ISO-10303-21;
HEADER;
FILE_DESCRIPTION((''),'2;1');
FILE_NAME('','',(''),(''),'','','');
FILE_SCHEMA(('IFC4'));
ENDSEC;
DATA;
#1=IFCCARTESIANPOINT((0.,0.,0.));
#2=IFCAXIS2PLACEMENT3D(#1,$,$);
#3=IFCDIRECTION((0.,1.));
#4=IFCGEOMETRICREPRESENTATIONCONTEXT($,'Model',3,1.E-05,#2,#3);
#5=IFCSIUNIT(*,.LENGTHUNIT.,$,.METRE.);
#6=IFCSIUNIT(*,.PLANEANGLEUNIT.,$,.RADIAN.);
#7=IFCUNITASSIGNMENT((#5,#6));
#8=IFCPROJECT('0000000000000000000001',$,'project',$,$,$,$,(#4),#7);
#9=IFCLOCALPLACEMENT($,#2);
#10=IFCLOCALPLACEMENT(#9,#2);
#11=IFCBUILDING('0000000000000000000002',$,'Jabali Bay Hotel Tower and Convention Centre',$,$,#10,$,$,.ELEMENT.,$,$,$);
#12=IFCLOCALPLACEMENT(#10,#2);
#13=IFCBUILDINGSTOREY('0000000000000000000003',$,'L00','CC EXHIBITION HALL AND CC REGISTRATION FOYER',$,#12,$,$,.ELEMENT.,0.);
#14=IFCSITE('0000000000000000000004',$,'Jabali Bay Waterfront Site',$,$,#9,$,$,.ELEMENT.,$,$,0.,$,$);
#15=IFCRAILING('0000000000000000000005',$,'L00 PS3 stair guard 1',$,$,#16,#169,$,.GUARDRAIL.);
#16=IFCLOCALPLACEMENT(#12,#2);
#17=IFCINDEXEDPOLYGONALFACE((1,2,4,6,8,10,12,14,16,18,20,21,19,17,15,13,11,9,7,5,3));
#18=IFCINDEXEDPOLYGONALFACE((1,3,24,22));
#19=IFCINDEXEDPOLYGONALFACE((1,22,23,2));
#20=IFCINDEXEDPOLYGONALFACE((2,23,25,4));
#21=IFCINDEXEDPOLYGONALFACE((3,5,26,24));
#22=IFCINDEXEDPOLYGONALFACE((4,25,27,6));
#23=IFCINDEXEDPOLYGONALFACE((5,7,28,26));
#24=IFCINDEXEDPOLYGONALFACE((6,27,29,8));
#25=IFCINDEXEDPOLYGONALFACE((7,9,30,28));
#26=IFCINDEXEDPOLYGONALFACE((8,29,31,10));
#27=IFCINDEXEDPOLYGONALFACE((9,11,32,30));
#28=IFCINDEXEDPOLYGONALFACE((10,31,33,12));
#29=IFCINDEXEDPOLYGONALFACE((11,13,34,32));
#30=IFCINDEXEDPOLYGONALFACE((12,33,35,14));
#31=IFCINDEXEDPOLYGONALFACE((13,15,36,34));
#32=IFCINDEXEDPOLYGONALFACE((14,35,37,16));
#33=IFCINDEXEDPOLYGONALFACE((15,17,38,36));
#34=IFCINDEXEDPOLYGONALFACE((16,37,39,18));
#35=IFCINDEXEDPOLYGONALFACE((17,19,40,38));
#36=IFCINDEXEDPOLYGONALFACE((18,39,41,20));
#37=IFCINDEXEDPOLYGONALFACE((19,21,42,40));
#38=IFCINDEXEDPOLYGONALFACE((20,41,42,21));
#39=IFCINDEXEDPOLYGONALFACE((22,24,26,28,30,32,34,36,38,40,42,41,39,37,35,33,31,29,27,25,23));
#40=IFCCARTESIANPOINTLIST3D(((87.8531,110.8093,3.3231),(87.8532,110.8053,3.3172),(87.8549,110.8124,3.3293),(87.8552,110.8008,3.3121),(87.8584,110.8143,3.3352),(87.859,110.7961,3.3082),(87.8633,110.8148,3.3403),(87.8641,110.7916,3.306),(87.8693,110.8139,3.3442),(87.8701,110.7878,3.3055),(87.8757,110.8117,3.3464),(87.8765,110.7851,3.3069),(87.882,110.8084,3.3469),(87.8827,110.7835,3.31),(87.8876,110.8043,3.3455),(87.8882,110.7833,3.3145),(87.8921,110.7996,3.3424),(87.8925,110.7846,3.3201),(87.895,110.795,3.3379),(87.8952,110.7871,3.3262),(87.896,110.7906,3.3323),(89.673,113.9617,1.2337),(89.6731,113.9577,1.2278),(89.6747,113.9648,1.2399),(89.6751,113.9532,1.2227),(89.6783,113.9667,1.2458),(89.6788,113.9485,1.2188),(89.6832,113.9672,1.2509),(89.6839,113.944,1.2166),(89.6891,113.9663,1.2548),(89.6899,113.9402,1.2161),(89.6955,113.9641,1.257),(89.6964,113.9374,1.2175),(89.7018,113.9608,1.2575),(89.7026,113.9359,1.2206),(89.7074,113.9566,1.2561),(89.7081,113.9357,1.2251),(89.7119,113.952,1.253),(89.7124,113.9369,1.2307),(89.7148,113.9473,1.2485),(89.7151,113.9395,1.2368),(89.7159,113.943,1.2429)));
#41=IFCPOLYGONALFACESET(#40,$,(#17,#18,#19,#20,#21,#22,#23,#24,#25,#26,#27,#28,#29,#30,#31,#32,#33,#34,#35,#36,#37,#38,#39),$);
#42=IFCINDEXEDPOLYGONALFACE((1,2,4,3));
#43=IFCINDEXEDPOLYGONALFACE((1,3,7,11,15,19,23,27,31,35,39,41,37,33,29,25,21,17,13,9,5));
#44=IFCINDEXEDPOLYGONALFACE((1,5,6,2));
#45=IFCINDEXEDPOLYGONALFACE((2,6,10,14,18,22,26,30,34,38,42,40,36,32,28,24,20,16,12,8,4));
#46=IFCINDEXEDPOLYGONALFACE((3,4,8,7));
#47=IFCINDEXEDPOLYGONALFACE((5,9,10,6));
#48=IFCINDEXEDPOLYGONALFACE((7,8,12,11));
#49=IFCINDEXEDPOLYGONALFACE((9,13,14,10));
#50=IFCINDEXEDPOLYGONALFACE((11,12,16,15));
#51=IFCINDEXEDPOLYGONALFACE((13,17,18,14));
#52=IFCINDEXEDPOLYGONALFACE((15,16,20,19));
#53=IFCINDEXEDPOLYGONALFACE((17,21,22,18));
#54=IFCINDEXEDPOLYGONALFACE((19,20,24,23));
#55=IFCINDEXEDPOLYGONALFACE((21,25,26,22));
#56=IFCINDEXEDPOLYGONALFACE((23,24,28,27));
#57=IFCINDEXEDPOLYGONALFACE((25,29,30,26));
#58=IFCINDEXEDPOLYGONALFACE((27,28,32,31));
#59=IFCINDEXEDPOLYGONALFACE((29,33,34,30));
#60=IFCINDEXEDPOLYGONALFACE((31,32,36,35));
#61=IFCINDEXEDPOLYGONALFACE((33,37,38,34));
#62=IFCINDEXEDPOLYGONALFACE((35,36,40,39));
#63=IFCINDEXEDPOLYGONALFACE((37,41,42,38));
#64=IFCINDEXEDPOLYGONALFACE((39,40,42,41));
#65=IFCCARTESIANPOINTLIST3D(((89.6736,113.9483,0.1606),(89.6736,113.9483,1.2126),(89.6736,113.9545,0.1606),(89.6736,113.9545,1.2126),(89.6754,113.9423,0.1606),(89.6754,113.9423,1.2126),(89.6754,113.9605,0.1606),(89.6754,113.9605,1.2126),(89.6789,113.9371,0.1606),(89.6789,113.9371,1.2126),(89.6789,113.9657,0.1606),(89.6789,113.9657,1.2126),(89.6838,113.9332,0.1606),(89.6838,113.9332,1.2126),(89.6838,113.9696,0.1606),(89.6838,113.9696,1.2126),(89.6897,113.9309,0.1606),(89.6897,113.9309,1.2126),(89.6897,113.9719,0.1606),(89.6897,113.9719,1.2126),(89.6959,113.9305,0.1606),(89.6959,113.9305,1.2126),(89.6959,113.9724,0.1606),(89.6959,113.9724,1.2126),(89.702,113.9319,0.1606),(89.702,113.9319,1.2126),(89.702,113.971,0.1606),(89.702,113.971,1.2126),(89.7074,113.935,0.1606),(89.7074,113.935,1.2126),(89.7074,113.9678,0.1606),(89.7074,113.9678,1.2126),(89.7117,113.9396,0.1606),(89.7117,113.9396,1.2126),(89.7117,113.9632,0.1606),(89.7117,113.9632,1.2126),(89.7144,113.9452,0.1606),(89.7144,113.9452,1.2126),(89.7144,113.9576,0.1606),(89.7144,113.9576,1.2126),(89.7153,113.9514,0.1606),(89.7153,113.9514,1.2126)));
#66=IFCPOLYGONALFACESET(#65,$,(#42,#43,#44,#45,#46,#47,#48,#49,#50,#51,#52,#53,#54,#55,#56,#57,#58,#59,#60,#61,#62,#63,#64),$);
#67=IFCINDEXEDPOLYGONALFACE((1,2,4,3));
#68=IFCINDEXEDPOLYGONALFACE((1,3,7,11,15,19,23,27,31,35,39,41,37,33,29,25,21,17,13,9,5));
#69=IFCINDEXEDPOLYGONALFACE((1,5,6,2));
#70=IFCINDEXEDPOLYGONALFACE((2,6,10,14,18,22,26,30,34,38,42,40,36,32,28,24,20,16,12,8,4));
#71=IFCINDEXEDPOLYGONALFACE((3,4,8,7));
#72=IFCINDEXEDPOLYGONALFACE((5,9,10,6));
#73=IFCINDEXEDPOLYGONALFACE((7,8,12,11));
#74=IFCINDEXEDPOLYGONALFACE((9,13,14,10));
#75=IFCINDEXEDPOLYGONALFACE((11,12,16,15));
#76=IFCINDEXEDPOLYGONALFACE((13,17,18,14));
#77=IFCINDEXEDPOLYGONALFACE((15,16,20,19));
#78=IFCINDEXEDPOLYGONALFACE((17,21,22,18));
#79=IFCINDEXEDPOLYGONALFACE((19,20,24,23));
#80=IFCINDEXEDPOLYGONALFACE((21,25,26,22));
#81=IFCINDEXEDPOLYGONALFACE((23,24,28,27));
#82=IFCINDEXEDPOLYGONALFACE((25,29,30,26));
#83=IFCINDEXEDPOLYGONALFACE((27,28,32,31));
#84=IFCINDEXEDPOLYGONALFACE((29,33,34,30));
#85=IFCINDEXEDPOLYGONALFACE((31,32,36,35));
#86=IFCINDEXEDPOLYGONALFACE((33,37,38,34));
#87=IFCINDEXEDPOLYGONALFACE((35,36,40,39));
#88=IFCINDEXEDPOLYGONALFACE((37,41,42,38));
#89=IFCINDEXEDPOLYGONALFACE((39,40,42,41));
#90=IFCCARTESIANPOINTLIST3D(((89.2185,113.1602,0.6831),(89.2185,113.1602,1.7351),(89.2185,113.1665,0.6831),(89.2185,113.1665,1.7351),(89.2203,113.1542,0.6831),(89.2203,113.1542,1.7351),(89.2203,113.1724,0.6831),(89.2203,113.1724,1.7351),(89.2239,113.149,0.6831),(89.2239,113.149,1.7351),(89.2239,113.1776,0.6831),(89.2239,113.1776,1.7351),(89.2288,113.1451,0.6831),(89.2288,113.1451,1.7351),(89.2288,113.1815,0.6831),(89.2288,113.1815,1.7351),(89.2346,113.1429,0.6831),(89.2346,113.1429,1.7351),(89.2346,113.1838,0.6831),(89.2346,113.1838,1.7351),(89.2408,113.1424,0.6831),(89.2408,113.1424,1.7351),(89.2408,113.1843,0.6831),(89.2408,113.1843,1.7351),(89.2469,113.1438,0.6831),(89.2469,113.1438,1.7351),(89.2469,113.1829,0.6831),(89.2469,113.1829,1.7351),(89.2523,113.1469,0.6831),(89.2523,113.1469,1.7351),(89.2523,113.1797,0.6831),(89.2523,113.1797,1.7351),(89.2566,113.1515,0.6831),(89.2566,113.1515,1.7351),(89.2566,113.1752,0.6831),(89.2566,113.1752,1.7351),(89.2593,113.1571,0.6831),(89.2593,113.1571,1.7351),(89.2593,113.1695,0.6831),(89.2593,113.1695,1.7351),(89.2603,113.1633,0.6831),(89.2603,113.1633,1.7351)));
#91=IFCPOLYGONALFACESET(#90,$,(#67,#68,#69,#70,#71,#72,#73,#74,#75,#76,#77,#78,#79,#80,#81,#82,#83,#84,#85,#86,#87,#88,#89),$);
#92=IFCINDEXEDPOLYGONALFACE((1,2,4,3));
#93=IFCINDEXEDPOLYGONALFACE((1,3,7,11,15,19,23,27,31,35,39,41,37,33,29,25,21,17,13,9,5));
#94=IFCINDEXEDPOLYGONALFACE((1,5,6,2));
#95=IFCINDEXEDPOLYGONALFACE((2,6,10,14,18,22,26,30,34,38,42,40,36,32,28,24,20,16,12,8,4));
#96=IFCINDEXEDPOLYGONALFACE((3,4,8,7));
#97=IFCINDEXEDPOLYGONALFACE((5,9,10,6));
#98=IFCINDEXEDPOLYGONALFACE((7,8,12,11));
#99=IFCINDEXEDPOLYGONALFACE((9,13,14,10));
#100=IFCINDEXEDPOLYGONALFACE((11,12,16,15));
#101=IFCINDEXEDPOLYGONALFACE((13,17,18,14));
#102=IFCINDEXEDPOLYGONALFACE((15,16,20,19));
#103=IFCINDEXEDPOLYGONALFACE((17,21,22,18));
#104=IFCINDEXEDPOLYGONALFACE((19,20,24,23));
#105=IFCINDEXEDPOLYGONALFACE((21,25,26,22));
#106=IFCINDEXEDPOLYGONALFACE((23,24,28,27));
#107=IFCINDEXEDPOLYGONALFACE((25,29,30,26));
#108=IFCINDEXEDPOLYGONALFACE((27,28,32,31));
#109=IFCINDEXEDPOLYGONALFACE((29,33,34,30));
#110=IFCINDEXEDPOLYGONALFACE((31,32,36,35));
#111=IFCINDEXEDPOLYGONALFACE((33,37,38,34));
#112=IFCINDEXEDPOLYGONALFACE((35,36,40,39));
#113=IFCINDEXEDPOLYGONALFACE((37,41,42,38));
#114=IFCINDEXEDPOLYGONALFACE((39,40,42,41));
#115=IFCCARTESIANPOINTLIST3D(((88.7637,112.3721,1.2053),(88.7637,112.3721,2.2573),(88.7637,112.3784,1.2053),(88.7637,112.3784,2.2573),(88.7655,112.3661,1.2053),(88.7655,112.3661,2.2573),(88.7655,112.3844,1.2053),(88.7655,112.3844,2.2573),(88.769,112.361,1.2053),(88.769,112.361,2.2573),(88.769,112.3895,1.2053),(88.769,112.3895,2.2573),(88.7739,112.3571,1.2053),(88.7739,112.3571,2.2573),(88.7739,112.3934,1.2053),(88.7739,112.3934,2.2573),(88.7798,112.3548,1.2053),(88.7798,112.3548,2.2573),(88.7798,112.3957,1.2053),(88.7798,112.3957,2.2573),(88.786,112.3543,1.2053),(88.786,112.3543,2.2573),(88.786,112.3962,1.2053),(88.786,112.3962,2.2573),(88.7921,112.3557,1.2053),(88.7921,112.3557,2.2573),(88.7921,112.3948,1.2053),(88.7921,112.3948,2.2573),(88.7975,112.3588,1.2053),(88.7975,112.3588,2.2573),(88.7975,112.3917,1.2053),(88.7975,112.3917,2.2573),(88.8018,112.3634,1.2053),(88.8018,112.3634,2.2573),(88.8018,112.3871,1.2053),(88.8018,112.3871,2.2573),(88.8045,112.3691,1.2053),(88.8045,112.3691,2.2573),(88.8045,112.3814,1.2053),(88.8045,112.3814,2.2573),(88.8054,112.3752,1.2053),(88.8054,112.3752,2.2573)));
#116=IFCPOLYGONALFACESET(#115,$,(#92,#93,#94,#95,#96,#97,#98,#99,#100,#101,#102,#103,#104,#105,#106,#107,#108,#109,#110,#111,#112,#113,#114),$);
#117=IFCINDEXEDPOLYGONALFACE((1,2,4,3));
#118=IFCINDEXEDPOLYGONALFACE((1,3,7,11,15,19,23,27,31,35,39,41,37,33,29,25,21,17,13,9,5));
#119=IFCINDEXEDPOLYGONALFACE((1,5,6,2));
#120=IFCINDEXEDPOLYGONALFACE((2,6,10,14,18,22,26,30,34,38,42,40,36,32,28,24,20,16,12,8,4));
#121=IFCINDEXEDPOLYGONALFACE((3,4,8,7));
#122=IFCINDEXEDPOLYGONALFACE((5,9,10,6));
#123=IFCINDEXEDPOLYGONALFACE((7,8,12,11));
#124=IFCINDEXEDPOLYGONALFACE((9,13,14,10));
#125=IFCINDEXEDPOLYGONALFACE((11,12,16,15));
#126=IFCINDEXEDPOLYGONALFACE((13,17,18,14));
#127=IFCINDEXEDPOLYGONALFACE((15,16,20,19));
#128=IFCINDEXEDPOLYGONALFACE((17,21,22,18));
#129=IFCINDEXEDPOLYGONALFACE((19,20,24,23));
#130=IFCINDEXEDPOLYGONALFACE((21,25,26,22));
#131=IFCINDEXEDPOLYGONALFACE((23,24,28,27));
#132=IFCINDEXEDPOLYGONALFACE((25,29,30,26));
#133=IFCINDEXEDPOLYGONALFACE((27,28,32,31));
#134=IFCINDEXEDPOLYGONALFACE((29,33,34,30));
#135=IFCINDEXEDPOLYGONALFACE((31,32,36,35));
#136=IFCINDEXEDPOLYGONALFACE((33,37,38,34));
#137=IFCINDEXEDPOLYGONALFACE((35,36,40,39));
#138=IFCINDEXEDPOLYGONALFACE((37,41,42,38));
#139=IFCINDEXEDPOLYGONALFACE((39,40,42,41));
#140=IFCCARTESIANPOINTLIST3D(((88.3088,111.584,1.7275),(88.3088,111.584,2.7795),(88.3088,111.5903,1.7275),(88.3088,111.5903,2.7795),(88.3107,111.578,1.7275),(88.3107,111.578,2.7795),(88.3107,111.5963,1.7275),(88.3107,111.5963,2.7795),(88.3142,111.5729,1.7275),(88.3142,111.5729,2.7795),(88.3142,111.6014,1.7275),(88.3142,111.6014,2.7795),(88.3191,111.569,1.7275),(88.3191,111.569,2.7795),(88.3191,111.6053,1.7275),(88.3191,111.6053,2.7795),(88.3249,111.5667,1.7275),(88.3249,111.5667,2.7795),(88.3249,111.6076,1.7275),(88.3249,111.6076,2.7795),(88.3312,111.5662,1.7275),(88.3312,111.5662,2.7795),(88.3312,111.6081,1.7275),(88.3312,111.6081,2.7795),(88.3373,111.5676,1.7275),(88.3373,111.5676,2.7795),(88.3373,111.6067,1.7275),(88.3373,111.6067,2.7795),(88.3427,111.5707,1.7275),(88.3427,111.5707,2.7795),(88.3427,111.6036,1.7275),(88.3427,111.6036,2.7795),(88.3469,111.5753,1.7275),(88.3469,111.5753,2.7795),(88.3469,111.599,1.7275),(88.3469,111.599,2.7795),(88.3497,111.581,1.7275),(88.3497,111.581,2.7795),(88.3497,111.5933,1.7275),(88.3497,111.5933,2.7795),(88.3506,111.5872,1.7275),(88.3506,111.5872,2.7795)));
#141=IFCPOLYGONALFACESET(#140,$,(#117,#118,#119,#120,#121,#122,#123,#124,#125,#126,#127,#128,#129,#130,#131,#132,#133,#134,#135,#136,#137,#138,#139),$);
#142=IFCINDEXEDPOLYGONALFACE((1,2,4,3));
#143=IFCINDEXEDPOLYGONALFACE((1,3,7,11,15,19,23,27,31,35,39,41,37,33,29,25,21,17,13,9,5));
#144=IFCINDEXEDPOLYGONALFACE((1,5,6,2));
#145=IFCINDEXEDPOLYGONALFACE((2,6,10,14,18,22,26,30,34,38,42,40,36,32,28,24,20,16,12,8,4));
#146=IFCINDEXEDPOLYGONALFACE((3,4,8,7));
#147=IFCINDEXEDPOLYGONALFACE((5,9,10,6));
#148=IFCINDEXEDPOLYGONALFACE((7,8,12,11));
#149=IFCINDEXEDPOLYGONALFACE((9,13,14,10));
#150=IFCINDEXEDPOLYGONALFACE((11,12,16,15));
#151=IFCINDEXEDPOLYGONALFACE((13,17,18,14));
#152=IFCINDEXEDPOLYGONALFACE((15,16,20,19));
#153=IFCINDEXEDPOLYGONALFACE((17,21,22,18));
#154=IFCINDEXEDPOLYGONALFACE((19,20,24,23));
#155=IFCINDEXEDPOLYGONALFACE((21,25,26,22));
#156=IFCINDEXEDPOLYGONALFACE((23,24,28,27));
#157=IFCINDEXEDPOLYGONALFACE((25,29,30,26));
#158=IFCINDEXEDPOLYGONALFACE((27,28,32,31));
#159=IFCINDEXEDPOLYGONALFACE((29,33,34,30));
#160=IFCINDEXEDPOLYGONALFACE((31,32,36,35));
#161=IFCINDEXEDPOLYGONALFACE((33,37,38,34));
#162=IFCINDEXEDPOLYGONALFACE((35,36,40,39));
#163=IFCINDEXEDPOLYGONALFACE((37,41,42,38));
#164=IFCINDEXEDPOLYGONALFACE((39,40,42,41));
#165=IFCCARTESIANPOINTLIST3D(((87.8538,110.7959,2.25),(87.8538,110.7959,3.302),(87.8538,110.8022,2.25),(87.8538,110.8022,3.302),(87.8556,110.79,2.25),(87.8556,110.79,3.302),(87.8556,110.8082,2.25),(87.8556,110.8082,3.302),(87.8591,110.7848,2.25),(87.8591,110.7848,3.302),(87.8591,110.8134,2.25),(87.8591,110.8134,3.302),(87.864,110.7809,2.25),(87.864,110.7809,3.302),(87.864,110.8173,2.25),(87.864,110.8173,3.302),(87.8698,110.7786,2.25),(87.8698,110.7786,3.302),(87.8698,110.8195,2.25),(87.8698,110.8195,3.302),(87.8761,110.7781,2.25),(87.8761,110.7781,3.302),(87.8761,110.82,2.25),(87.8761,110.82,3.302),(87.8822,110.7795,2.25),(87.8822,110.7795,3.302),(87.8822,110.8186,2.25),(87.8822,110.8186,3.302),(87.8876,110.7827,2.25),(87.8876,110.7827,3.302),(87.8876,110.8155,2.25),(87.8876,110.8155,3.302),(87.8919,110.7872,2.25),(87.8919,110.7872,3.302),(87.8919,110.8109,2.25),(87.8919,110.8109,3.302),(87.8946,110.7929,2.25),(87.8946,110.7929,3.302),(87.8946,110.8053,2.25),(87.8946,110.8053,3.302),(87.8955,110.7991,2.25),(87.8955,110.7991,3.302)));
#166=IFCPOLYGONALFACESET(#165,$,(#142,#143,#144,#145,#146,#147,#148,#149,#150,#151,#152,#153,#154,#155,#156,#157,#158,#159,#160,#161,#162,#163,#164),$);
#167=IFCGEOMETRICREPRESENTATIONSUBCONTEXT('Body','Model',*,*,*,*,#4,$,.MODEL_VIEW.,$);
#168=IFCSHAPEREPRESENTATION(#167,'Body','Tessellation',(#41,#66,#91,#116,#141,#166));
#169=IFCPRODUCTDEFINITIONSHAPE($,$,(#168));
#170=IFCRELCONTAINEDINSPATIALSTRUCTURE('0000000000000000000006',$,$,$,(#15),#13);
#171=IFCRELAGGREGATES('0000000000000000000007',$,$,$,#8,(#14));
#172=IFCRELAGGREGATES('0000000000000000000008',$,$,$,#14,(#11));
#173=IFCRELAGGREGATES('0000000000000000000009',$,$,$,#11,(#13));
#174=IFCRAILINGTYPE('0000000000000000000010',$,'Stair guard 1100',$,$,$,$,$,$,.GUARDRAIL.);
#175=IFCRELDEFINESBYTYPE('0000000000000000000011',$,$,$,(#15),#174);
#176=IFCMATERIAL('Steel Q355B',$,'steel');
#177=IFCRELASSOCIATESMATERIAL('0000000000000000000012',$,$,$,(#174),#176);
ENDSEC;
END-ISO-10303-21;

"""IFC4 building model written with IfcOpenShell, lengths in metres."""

from ifc_helpers import new_model, si_unit, direction, frame, origin, origin_2d, place, context, subcontext, project, spatial, circle, extrude, material, type_object, element, save


model = new_model("IFC4")

# Units and contexts
model_context = context("Model", 3, precision=1e-05, world=origin(), true_north=direction((0.0, 1.0)))
body_context = subcontext(model_context, "Body", "Model", "MODEL_VIEW")
ifc_project = project(units=[si_unit("LENGTHUNIT", "METRE"), si_unit("PLANEANGLEUNIT", "RADIAN")], contexts=[model_context])

# Site, building, storey
site_placement = place(None, origin())
site = spatial("IfcSite", under=ifc_project, at=site_placement, Name="Jabali Bay Waterfront Site", CompositionType="ELEMENT", RefElevation=0.0)
building_placement = place(site_placement, origin())
building = spatial("IfcBuilding", under=site, at=building_placement, Name="Jabali Bay Hotel Tower and Convention Centre", CompositionType="ELEMENT")
storey_placement = place(building_placement, origin())
storey = spatial("IfcBuildingStorey", under=building, at=storey_placement, Name="L00", Description="CC EXHIBITION HALL AND CC REGISTRATION FOYER", CompositionType="ELEMENT", Elevation=0.0)

# Railing
ifc_material_1 = material(Name="Steel Q355B", Category="steel")
railing_type_1 = type_object("IfcRailingType", Name="Stair guard 1100", PredefinedType="GUARDRAIL", material=ifc_material_1)
railing_1_placement = place(storey_placement, frame((89.6943, 113.9514, 0.1606)))
element("IfcRailing", 1, at=railing_1_placement, inside=storey, type_object=railing_type_1, Name="L00 PS3 stair guard 1", PredefinedType="GUARDRAIL", context=body_context, shape_type="SweptSolid", body=[
    extrude(circle(Radius=0.0239, at=origin_2d()), frame((0.0, 0.0, 1.0762), z_axis=(-0.433606, -0.751102, 0.497826), x_axis=(0.866047, -0.499962, 0.0)), (0.0, 0.0, 1.0), 4.197),
    extrude(circle(Radius=0.021, at=origin_2d()), origin(), (0.0, 0.0, 1.0), 1.052),
    extrude(circle(Radius=0.021, at=origin_2d()), frame((-0.4551, -0.7881, 0.5225)), (0.0, 0.0, 1.0), 1.052),
    extrude(circle(Radius=0.021, at=origin_2d()), frame((-0.9099, -1.5762, 1.0447)), (0.0, 0.0, 1.0), 1.052),
    extrude(circle(Radius=0.021, at=origin_2d()), frame((-1.3647, -2.3643, 1.5669)), (0.0, 0.0, 1.0), 1.052),
    extrude(circle(Radius=0.021, at=origin_2d()), frame((-1.8198, -3.1523, 2.0894)), (0.0, 0.0, 1.0), 1.052),
])

save(model, "model.ifc")
